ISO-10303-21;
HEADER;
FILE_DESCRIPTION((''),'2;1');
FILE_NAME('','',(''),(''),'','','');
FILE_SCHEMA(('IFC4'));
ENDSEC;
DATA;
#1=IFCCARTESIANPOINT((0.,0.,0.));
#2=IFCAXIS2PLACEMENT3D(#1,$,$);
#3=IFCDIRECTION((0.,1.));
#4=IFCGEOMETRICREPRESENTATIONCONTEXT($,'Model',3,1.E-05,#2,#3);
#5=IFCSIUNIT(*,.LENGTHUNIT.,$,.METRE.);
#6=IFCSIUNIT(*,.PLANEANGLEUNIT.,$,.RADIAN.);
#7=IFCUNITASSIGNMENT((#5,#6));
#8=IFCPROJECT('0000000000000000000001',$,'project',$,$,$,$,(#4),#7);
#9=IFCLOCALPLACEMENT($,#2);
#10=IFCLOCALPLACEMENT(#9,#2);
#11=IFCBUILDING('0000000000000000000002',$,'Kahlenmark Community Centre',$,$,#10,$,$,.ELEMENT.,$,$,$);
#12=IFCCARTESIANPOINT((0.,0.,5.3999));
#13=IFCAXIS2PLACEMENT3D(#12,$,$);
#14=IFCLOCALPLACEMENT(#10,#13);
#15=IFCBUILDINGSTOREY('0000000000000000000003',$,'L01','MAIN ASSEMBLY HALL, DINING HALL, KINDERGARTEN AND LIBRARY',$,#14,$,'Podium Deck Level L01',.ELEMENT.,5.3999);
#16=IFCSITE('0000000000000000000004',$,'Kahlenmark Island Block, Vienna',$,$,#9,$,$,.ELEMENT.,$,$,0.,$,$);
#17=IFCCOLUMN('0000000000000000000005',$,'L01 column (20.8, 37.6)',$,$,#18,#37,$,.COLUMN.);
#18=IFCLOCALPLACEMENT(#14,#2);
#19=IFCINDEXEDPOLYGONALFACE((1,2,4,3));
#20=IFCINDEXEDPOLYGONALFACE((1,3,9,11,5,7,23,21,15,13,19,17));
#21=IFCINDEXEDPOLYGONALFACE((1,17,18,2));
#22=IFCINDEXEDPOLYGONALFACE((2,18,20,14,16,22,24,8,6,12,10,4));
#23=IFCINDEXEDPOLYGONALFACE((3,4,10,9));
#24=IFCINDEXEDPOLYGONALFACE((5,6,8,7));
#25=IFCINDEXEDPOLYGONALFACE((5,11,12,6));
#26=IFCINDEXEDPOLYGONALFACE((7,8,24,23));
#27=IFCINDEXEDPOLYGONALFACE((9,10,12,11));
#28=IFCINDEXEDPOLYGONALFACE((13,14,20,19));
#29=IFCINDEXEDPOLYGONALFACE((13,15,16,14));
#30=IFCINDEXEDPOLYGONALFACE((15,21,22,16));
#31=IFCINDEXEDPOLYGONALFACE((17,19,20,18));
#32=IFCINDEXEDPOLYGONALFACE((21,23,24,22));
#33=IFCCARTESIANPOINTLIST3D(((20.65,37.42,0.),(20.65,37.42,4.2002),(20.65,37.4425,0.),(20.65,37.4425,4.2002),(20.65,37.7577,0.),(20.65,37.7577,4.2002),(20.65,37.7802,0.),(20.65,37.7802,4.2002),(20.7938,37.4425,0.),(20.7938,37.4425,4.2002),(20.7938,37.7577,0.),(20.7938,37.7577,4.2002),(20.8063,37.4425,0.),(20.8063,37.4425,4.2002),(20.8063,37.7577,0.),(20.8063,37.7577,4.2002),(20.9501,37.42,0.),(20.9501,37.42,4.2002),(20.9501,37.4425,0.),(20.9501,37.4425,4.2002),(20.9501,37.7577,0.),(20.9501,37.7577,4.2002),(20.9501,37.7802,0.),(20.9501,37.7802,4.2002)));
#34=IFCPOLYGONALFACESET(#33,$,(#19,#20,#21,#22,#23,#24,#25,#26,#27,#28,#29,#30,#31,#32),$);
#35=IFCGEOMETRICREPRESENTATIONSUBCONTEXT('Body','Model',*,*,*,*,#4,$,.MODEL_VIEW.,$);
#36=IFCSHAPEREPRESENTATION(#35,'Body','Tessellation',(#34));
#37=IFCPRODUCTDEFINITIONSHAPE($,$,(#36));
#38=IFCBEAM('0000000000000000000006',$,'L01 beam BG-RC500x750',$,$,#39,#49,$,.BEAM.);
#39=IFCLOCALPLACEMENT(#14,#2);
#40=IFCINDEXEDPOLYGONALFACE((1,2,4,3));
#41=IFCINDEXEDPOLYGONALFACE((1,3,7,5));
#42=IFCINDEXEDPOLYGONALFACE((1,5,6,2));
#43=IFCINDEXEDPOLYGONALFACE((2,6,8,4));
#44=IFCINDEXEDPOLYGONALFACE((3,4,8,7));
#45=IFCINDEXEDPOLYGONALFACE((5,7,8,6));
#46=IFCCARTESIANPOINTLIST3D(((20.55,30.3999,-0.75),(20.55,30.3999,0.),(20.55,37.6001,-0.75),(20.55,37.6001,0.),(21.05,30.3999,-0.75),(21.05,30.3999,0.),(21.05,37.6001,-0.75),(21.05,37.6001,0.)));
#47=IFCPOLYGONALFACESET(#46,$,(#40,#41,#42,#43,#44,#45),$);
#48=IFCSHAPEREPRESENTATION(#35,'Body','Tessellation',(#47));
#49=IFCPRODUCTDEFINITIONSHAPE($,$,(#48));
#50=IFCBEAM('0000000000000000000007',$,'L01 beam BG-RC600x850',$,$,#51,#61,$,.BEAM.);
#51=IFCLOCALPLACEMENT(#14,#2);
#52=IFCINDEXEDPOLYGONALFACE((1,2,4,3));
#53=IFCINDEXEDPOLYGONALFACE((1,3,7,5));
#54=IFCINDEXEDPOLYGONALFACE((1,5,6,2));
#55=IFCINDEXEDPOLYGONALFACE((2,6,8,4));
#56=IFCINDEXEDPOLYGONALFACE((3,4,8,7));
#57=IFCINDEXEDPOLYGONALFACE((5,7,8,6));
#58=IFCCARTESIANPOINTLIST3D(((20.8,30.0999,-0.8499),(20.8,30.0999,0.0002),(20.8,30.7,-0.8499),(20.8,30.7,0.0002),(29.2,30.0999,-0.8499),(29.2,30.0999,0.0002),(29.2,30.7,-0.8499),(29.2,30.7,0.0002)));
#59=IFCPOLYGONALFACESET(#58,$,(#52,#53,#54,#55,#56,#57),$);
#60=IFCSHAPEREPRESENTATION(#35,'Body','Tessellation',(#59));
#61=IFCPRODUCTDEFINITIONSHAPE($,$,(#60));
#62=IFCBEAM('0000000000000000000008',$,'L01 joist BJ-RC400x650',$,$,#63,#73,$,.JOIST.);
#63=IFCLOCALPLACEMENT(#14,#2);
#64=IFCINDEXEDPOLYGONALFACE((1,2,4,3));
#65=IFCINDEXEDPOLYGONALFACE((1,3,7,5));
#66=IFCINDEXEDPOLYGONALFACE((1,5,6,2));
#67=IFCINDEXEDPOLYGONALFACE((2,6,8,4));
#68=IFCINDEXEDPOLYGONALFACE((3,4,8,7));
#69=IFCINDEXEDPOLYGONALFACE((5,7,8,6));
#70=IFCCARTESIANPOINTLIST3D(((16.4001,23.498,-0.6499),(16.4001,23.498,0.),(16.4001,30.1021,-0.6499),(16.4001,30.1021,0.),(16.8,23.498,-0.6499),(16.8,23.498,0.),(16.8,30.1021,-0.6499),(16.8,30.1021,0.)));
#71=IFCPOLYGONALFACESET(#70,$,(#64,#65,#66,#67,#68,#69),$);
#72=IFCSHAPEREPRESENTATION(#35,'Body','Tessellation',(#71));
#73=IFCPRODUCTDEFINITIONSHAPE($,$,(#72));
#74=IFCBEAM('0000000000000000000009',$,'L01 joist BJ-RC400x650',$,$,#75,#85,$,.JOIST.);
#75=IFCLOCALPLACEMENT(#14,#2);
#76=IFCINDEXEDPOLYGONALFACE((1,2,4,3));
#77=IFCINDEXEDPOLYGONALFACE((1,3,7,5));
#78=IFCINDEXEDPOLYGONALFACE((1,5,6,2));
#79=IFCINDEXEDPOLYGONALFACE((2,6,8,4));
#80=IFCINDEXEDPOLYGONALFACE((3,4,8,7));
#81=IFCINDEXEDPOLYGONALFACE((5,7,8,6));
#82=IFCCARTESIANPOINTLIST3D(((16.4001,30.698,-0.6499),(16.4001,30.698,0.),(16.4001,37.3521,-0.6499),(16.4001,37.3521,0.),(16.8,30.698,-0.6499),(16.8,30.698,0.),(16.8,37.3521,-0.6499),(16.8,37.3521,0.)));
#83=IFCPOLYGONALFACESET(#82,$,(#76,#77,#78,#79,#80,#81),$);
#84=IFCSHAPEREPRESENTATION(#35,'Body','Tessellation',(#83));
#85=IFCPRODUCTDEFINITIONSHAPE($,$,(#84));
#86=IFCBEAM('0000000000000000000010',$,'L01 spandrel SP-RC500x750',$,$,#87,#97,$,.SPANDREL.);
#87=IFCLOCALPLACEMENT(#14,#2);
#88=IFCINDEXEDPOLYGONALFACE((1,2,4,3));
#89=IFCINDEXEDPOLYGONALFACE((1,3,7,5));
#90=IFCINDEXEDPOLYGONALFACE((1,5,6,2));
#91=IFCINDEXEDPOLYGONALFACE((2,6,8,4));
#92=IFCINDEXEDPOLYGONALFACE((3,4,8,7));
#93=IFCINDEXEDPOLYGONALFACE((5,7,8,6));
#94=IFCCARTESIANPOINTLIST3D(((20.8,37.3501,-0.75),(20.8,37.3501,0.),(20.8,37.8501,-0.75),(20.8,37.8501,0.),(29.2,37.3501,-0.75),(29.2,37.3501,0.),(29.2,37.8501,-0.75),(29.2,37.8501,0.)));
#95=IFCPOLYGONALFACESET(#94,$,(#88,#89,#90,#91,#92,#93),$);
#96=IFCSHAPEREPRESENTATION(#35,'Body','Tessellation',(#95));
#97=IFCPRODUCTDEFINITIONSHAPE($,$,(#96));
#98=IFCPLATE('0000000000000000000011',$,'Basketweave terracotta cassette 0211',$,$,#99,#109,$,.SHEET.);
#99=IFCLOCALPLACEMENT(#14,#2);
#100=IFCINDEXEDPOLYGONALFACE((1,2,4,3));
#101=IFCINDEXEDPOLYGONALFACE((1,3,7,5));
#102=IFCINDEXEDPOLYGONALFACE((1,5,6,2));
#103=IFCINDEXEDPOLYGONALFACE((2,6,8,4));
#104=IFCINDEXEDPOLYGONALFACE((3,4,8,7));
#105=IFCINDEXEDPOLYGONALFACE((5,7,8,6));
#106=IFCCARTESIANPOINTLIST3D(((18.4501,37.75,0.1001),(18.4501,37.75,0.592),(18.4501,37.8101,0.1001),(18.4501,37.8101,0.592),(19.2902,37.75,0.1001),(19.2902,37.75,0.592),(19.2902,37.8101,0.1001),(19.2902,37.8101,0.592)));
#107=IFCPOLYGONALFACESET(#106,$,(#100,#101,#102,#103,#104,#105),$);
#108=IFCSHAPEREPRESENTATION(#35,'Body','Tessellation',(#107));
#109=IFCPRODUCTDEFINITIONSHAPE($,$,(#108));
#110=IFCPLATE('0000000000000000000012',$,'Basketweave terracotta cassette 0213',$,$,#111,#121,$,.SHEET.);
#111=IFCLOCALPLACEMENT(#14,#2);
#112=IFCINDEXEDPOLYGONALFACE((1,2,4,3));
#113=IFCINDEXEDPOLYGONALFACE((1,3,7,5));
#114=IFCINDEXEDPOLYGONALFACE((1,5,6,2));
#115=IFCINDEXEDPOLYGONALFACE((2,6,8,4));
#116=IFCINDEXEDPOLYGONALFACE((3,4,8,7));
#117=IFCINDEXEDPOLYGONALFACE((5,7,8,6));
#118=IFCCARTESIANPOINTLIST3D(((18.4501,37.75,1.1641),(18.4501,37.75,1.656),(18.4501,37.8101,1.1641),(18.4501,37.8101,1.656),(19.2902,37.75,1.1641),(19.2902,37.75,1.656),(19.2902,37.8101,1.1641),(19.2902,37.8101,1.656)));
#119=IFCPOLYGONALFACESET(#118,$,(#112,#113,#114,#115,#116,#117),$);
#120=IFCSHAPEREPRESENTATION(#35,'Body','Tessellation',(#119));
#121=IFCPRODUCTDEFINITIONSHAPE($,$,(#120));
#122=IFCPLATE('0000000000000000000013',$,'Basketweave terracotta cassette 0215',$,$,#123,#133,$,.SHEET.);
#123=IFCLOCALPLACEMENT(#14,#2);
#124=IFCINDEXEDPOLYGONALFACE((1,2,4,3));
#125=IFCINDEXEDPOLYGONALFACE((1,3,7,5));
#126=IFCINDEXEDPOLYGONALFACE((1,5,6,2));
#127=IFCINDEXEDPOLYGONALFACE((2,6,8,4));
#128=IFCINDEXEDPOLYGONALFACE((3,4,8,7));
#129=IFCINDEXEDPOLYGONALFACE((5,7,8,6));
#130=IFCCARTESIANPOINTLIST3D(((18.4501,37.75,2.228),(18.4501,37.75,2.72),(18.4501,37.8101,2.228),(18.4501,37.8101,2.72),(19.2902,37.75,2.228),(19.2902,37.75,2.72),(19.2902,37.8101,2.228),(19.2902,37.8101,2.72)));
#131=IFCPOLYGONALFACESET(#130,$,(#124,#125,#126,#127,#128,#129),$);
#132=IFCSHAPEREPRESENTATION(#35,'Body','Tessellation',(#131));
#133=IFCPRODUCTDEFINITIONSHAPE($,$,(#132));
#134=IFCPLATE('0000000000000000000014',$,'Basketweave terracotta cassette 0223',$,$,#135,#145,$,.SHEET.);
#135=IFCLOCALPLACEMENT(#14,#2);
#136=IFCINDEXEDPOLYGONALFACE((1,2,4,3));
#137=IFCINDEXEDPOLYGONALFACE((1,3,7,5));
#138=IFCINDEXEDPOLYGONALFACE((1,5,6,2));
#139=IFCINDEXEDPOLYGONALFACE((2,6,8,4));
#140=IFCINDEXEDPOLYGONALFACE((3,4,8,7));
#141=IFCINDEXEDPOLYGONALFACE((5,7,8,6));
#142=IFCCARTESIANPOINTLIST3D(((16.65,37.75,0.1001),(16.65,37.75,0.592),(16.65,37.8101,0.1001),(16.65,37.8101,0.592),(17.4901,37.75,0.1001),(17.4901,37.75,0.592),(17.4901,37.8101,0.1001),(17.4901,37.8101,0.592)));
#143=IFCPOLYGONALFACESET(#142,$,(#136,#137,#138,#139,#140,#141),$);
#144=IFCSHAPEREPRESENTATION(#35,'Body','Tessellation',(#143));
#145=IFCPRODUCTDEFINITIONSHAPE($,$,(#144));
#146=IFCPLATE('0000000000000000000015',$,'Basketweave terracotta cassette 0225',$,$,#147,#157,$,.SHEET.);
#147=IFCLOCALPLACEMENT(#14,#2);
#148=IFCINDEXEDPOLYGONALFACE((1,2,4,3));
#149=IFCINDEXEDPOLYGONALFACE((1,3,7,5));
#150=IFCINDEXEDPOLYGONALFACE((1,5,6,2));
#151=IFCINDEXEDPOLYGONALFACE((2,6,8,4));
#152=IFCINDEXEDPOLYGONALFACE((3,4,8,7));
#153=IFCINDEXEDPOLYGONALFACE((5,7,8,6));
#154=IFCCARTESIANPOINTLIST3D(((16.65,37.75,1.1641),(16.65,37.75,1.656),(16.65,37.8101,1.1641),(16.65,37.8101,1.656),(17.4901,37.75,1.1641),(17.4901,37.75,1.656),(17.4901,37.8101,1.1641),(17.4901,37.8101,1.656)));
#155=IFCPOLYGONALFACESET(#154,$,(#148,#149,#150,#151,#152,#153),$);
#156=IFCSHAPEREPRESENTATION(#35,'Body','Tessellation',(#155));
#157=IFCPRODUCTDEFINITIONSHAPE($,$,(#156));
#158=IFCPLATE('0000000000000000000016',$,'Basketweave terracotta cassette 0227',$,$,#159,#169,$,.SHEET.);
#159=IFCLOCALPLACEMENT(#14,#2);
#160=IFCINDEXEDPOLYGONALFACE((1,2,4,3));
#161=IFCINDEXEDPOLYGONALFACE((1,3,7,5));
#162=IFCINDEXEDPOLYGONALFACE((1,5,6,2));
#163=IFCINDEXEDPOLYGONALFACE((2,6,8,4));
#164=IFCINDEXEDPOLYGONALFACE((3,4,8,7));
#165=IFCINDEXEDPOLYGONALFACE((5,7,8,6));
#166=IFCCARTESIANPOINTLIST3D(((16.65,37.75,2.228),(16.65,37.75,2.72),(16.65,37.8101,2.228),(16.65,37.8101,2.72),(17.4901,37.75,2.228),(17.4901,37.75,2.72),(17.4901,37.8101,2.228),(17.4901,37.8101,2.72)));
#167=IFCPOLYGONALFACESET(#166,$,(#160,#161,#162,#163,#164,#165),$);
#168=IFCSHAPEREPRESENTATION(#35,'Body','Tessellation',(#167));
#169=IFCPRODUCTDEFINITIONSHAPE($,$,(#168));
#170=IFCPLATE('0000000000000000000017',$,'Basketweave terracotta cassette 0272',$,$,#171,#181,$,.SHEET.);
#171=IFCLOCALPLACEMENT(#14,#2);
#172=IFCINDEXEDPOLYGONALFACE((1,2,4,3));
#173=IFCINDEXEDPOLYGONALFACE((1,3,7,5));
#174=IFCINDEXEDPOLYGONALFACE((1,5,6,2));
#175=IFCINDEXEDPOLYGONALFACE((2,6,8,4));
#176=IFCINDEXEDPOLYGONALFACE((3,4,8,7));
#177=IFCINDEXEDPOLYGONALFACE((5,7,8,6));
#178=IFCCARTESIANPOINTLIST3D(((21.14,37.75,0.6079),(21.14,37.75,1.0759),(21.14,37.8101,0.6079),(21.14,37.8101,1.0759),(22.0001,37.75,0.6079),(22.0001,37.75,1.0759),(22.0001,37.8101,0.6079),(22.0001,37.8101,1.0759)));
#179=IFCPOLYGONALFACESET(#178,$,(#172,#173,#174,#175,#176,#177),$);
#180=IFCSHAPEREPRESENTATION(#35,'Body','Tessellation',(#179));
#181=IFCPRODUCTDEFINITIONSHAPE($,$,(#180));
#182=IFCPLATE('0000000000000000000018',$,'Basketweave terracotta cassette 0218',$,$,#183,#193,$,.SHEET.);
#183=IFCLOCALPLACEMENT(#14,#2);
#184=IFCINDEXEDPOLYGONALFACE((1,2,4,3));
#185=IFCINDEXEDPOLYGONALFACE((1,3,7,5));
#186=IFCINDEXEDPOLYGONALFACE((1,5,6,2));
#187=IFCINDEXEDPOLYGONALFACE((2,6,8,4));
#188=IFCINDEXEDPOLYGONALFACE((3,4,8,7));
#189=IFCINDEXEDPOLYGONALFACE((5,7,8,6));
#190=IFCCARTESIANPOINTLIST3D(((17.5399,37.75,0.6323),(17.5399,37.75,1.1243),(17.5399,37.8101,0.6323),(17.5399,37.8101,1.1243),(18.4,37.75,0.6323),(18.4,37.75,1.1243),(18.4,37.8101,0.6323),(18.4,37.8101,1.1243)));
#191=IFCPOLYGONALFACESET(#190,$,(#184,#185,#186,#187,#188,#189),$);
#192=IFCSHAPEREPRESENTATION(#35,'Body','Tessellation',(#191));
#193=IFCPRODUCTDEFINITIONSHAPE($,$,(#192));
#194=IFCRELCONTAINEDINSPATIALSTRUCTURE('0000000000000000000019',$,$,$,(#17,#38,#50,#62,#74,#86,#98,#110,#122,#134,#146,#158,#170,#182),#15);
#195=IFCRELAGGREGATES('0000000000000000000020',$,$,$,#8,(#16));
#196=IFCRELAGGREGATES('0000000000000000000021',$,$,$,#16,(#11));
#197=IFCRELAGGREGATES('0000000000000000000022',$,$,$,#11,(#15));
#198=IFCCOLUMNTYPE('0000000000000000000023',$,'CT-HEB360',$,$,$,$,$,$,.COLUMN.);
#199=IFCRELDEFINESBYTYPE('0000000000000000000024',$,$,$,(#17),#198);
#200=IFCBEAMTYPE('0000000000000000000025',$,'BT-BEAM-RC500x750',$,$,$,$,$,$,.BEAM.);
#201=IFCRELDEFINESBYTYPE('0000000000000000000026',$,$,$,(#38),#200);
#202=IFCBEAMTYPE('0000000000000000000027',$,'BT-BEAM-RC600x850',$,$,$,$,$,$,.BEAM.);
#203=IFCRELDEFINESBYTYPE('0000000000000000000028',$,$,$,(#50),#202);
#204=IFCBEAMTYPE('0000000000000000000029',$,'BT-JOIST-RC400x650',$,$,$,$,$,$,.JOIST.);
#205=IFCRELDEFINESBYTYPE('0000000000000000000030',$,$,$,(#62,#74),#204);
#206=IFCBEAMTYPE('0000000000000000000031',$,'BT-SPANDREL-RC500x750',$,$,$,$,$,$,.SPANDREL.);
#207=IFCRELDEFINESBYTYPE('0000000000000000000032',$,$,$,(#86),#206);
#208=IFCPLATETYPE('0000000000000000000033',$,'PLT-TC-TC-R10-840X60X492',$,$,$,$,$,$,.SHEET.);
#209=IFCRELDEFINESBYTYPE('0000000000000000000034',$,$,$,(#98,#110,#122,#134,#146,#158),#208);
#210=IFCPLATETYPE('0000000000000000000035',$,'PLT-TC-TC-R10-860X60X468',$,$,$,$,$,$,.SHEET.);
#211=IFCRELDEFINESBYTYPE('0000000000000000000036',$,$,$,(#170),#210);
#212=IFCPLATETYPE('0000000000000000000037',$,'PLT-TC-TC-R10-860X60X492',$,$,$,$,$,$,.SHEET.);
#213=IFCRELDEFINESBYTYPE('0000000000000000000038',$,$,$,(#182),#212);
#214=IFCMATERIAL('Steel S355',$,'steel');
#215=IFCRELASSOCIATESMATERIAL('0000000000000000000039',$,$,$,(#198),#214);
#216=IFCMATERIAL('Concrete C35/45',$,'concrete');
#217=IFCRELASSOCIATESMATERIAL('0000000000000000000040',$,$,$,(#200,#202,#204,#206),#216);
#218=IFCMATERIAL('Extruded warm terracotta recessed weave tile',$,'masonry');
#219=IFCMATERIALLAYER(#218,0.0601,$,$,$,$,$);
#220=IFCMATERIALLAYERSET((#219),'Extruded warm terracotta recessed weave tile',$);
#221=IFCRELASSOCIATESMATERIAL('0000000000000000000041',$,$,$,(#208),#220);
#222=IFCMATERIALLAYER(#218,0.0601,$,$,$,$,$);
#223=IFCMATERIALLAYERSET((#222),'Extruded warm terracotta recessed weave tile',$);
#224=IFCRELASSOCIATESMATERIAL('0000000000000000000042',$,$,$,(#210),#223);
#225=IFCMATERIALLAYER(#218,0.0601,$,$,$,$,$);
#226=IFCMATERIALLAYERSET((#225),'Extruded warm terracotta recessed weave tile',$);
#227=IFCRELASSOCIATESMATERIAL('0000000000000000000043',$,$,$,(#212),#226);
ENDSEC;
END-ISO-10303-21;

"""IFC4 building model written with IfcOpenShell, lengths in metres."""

from ifc_helpers import new_model, si_unit, direction, frame, origin, origin_2d, place, context, subcontext, project, spatial, rectangle, i_section, extrude, material, layer, layer_set, material_profile, profile_set, type_object, element, save


model = new_model("IFC4")

# Units and contexts
model_context = context("Model", 3, precision=1e-05, world=origin(), true_north=direction((0.0, 1.0)))
body_context = subcontext(model_context, "Body", "Model", "MODEL_VIEW")
ifc_project = project(units=[si_unit("LENGTHUNIT", "METRE"), si_unit("PLANEANGLEUNIT", "RADIAN")], contexts=[model_context])

# Site, building, storey
site_placement = place(None, origin())
site = spatial("IfcSite", under=ifc_project, at=site_placement, Name="Kahlenmark Island Block, Vienna", CompositionType="ELEMENT", RefElevation=0.0)
building_placement = place(site_placement, origin())
building = spatial("IfcBuilding", under=site, at=building_placement, Name="Kahlenmark Community Centre", CompositionType="ELEMENT")
storey_placement = place(building_placement, frame((0.0, 0.0, 5.3999)))
storey = spatial("IfcBuildingStorey", under=building, at=storey_placement, Name="L01", Description="MAIN ASSEMBLY HALL, DINING HALL, KINDERGARTEN AND LIBRARY", LongName="Podium Deck Level L01", CompositionType="ELEMENT", Elevation=5.3999)

# Column
ifc_material_1 = material(Name="Steel S355", Category="steel")
ifc_material_profile_1 = material_profile(ifc_material_1, i_section(OverallWidth=0.3, OverallDepth=0.3601, WebThickness=0.0125, FlangeThickness=0.0225, at=origin_2d()), Name="HEB 360")
ifc_profile_set_1 = profile_set([ifc_material_profile_1], Name="Steel S355")
column_type = type_object("IfcColumnType", Name="CT-HEB360", PredefinedType="COLUMN", material=ifc_profile_set_1)
column_placement = place(storey_placement, frame((20.8, 37.6001, 0.0), z_axis=(0.0, 0.0, 1.0), x_axis=(1.0, 0.0, 0.0)))
element("IfcColumn", 1, at=column_placement, inside=storey, type_object=column_type, Name="L01 column (20.8, 37.6)", PredefinedType="COLUMN", context=body_context, shape_type="SweptSolid", body=[
    extrude(i_section(OverallWidth=0.3, OverallDepth=0.3601, WebThickness=0.0125, FlangeThickness=0.0225, at=origin_2d()), origin(), (0.0, 0.0, 1.0), 4.2002),
])

# Beams
ifc_material_2 = material(Name="Concrete C35/45", Category="concrete")
ifc_material_profile_2 = material_profile(ifc_material_2, rectangle(XDim=0.5, YDim=0.75, at=origin_2d()), Name="RC 500x750")
ifc_profile_set_2 = profile_set([ifc_material_profile_2], Name="Concrete C35/45")
beam_type_1 = type_object("IfcBeamType", Name="BT-BEAM-RC500x750", PredefinedType="BEAM", material=ifc_profile_set_2)
beam_1_placement = place(storey_placement, frame((20.8, 30.3999, -0.375), z_axis=(0.0, 1.0, 0.0), x_axis=(-1.0, 0.0, 0.0)))
element("IfcBeam", 2, at=beam_1_placement, inside=storey, type_object=beam_type_1, Name="L01 beam BG-RC500x750", PredefinedType="BEAM", context=body_context, shape_type="SweptSolid", body=[
    extrude(rectangle(XDim=0.5, YDim=0.75, at=origin_2d()), origin(), (0.0, 0.0, 1.0), 7.2002),
])
ifc_material_profile_3 = material_profile(ifc_material_2, rectangle(XDim=0.6001, YDim=0.8501, at=origin_2d()), Name="RC 600x850")
ifc_profile_set_3 = profile_set([ifc_material_profile_3], Name="Concrete C35/45")
beam_type_2 = type_object("IfcBeamType", Name="BT-BEAM-RC600x850", PredefinedType="BEAM", material=ifc_profile_set_3)
beam_2_placement = place(storey_placement, frame((20.8, 30.3999, -0.4248), z_axis=(1.0, 0.0, 0.0), x_axis=(0.0, 1.0, 0.0)))
element("IfcBeam", 3, at=beam_2_placement, inside=storey, type_object=beam_type_2, Name="L01 beam BG-RC600x850", PredefinedType="BEAM", context=body_context, shape_type="SweptSolid", body=[
    extrude(rectangle(XDim=0.6001, YDim=0.8501, at=origin_2d()), origin(), (0.0, 0.0, 1.0), 8.3999),
])
ifc_material_profile_4 = material_profile(ifc_material_2, rectangle(XDim=0.3999, YDim=0.6499, at=origin_2d()), Name="RC 400x650")
ifc_profile_set_4 = profile_set([ifc_material_profile_4], Name="Concrete C35/45")
beam_type_3 = type_object("IfcBeamType", Name="BT-JOIST-RC400x650", PredefinedType="JOIST", material=ifc_profile_set_4)
beam_3_placement = place(storey_placement, frame((16.6001, 23.498, -0.325), z_axis=(0.0, 1.0, 0.0), x_axis=(-1.0, 0.0, 0.0)))
element("IfcBeam", 4, at=beam_3_placement, inside=storey, type_object=beam_type_3, Name="L01 joist BJ-RC400x650", PredefinedType="JOIST", context=body_context, shape_type="SweptSolid", body=[
    extrude(rectangle(XDim=0.3999, YDim=0.6499, at=origin_2d()), origin(), (0.0, 0.0, 1.0), 6.604),
])
beam_4_placement = place(storey_placement, frame((16.6001, 30.698, -0.325), z_axis=(0.0, 1.0, 0.0), x_axis=(-1.0, 0.0, 0.0)))
element("IfcBeam", 5, at=beam_4_placement, inside=storey, type_object=beam_type_3, Name="L01 joist BJ-RC400x650", PredefinedType="JOIST", context=body_context, shape_type="SweptSolid", body=[
    extrude(rectangle(XDim=0.3999, YDim=0.6499, at=origin_2d()), origin(), (0.0, 0.0, 1.0), 6.6541),
])
ifc_material_profile_5 = material_profile(ifc_material_2, rectangle(XDim=0.5, YDim=0.75, at=origin_2d()), Name="RC 500x750")
ifc_profile_set_5 = profile_set([ifc_material_profile_5], Name="Concrete C35/45")
beam_type_4 = type_object("IfcBeamType", Name="BT-SPANDREL-RC500x750", PredefinedType="SPANDREL", material=ifc_profile_set_5)
beam_5_placement = place(storey_placement, frame((20.8, 37.6001, -0.375), z_axis=(1.0, 0.0, 0.0), x_axis=(0.0, 1.0, 0.0)))
element("IfcBeam", 6, at=beam_5_placement, inside=storey, type_object=beam_type_4, Name="L01 spandrel SP-RC500x750", PredefinedType="SPANDREL", context=body_context, shape_type="SweptSolid", body=[
    extrude(rectangle(XDim=0.5, YDim=0.75, at=origin_2d()), origin(), (0.0, 0.0, 1.0), 8.3999),
])

# Plates
ifc_material_3 = material(Name="Extruded warm terracotta recessed weave tile", Category="masonry")
ifc_layer_1 = layer(ifc_material_3, 0.0601)
ifc_layer_set_1 = layer_set([ifc_layer_1], Name="Extruded warm terracotta recessed weave tile")
plate_type_1 = type_object("IfcPlateType", Name="PLT-TC-TC-R10-840X60X492", PredefinedType="SHEET", material=ifc_layer_set_1)
for number, where, z_axis, x_axis, name in (
    (7, (18.8701, 37.78, 0.1001), (0.0, 0.0, 1.0), (-1.0, 0.0, 0.0), "Basketweave terracotta cassette 0211"),
    (8, (18.8701, 37.78, 1.1641), (0.0, 0.0, 1.0), (-1.0, 0.0, 0.0), "Basketweave terracotta cassette 0213"),
    (9, (18.8701, 37.78, 2.228), (0.0, 0.0, 1.0), (-1.0, 0.0, 0.0), "Basketweave terracotta cassette 0215"),
    (10, (17.0701, 37.78, 0.1001), (0.0, 0.0, 1.0), (-1.0, 0.0, 0.0), "Basketweave terracotta cassette 0223"),
    (11, (17.0701, 37.78, 1.1641), (0.0, 0.0, 1.0), (-1.0, 0.0, 0.0), "Basketweave terracotta cassette 0225"),
    (12, (17.0701, 37.78, 2.228), (0.0, 0.0, 1.0), (-1.0, 0.0, 0.0), "Basketweave terracotta cassette 0227"),
):
    element("IfcPlate", number, at=place(storey_placement, frame(where, z_axis=z_axis, x_axis=x_axis)), inside=storey, type_object=plate_type_1, Name=name, PredefinedType="SHEET", context=body_context, shape_type="SweptSolid", body=[
        extrude(rectangle(XDim=0.8401, YDim=0.0601, at=origin_2d()), origin(), (0.0, 0.0, 1.0), 0.4919),
    ])
ifc_layer_2 = layer(ifc_material_3, 0.0601)
ifc_layer_set_2 = layer_set([ifc_layer_2], Name="Extruded warm terracotta recessed weave tile")
plate_type_2 = type_object("IfcPlateType", Name="PLT-TC-TC-R10-860X60X468", PredefinedType="SHEET", material=ifc_layer_set_2)
plate_placement = place(storey_placement, frame((21.5701, 37.78, 0.6079), z_axis=(0.0, 0.0, 1.0), x_axis=(-1.0, 0.0, 0.0)))
element("IfcPlate", 13, at=plate_placement, inside=storey, type_object=plate_type_2, Name="Basketweave terracotta cassette 0272", PredefinedType="SHEET", context=body_context, shape_type="SweptSolid", body=[
    extrude(rectangle(XDim=0.8601, YDim=0.0601, at=origin_2d()), origin(), (0.0, 0.0, 1.0), 0.468),
])
ifc_layer_3 = layer(ifc_material_3, 0.0601)
ifc_layer_set_3 = layer_set([ifc_layer_3], Name="Extruded warm terracotta recessed weave tile")
plate_type_3 = type_object("IfcPlateType", Name="PLT-TC-TC-R10-860X60X492", PredefinedType="SHEET", material=ifc_layer_set_3)
for number, where, z_axis, x_axis, name in (
    (14, (17.97, 37.78, 0.6323), (0.0, 0.0, 1.0), (-1.0, 0.0, 0.0), "Basketweave terracotta cassette 0218"),
):
    element("IfcPlate", number, at=place(storey_placement, frame(where, z_axis=z_axis, x_axis=x_axis)), inside=storey, type_object=plate_type_3, Name=name, PredefinedType="SHEET", context=body_context, shape_type="SweptSolid", body=[
        extrude(rectangle(XDim=0.8601, YDim=0.0601, at=origin_2d()), origin(), (0.0, 0.0, 1.0), 0.4919),
    ])

save(model, "model.ifc")
